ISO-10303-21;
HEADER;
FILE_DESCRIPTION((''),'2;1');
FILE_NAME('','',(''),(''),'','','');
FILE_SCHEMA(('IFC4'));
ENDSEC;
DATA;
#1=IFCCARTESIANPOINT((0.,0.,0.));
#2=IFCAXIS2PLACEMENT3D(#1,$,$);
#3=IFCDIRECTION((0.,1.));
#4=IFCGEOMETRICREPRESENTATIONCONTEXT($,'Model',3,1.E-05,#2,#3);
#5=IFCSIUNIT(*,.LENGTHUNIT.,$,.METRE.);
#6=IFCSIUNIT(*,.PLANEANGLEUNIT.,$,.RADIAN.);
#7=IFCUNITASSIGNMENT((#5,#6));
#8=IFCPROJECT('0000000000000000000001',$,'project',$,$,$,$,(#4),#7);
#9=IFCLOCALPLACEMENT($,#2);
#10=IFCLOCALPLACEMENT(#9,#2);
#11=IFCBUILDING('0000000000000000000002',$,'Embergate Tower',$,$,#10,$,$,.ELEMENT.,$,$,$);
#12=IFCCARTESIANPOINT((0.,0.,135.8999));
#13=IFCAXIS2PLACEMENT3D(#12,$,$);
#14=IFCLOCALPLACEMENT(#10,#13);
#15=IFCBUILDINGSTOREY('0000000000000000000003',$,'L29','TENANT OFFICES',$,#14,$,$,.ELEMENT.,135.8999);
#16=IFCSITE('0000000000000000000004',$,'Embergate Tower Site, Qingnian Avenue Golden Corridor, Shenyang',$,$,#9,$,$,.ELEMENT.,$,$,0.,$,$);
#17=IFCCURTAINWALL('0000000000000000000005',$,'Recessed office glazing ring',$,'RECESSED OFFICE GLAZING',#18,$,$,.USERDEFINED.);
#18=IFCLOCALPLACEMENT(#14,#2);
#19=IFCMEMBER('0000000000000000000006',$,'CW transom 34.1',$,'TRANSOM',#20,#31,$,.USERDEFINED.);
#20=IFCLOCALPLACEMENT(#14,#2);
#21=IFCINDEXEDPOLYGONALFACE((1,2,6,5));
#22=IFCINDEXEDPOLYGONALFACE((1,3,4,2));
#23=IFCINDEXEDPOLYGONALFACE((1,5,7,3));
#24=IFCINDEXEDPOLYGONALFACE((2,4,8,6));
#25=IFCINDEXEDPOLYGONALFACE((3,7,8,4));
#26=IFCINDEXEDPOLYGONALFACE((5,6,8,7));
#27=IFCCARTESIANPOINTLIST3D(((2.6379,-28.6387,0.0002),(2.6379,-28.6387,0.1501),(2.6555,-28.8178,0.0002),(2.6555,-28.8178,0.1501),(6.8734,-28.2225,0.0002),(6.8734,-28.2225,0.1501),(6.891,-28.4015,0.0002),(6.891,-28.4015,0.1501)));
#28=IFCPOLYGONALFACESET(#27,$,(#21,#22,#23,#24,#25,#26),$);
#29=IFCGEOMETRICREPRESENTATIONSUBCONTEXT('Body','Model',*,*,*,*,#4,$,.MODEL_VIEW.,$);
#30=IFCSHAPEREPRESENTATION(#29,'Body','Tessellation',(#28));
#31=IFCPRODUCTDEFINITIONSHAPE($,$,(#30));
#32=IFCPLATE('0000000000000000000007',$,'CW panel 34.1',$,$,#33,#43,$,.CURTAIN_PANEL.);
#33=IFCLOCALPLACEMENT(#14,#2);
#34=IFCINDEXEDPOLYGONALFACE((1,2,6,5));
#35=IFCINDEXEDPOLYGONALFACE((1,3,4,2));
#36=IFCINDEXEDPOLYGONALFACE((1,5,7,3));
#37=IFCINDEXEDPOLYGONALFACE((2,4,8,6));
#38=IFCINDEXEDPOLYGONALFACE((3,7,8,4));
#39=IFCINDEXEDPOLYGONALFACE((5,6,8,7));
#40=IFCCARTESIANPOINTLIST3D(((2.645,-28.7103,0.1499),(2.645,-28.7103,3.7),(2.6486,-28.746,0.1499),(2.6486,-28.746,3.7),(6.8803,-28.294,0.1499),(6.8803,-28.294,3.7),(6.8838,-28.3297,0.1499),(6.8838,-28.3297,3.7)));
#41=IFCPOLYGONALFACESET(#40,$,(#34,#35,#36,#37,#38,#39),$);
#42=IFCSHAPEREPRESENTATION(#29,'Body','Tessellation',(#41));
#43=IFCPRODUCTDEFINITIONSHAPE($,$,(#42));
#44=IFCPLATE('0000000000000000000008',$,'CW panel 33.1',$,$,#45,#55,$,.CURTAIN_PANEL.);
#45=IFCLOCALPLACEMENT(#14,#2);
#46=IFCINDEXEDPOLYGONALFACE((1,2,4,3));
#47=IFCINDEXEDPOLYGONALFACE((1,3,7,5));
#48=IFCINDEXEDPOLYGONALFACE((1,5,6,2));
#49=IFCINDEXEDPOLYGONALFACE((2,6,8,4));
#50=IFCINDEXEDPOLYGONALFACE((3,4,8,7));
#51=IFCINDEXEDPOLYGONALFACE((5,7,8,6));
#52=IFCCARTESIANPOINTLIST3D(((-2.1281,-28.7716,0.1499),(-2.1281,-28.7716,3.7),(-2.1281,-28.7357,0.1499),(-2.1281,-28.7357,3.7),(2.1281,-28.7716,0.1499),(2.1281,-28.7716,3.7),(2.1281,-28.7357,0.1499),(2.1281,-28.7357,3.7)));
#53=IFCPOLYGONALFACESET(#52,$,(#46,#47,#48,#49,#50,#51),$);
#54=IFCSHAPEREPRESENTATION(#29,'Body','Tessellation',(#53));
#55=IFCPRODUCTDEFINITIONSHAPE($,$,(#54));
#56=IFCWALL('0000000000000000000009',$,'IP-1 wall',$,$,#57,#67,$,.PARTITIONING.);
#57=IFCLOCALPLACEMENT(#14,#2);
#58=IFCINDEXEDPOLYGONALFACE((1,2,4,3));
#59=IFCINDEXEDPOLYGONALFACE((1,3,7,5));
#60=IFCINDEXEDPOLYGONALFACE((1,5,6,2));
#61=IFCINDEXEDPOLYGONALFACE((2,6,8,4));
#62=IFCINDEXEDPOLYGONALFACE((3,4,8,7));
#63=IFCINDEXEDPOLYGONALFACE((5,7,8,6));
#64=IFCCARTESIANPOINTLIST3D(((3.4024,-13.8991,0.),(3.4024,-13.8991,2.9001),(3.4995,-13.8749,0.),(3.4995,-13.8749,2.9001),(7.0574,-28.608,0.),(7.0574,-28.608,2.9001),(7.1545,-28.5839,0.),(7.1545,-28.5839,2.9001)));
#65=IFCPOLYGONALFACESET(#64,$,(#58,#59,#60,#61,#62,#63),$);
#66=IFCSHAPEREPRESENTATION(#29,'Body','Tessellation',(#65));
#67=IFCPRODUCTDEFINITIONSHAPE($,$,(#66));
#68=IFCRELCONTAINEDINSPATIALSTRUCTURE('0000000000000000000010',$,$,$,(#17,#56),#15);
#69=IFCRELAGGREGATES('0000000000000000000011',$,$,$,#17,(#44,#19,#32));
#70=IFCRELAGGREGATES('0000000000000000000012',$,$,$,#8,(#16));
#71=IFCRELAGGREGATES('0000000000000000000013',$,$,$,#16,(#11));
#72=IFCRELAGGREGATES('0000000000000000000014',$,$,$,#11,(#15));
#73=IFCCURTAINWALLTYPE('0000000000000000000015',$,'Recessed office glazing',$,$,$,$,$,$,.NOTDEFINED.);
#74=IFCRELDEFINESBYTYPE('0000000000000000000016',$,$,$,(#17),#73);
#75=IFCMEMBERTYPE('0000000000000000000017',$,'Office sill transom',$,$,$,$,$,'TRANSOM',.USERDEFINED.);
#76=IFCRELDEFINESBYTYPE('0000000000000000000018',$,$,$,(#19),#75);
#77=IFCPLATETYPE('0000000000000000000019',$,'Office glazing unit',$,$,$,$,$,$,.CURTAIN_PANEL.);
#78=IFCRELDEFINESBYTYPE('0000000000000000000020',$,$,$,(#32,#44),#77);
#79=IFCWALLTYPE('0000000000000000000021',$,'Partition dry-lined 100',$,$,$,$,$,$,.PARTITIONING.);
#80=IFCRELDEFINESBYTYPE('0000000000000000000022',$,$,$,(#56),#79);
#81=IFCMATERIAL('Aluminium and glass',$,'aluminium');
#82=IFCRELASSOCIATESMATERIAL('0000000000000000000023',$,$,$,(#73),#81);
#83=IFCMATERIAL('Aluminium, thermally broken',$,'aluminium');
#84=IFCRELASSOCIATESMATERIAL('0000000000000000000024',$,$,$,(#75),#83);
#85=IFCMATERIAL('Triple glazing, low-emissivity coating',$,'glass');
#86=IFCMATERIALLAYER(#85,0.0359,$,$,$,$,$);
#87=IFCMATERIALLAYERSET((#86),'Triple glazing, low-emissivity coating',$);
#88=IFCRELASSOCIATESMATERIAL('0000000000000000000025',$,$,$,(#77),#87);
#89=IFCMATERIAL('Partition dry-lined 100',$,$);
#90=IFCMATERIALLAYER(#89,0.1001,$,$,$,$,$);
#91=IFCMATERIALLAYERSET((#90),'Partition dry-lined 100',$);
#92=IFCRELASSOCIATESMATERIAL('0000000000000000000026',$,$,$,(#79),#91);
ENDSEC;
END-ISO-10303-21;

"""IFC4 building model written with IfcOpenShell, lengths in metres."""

from ifc_helpers import new_model, si_unit, direction, frame, frame_2d, origin, origin_2d, place, context, subcontext, project, spatial, rectangle, extrude, source, transform, mapped, material, layer, layer_set, material_profile, profile_set, type_object, element, aggregate, save


model = new_model("IFC4")

# Units and contexts
model_context = context("Model", 3, precision=1e-05, world=origin(), true_north=direction((0.0, 1.0)))
body_context = subcontext(model_context, "Body", "Model", "MODEL_VIEW")
ifc_project = project(units=[si_unit("LENGTHUNIT", "METRE"), si_unit("PLANEANGLEUNIT", "RADIAN")], contexts=[model_context])

# Site, building, storey
site_placement = place(None, origin())
site = spatial("IfcSite", under=ifc_project, at=site_placement, Name="Embergate Tower Site, Qingnian Avenue Golden Corridor, Shenyang", CompositionType="ELEMENT", RefElevation=0.0)
building_placement = place(site_placement, origin())
building = spatial("IfcBuilding", under=site, at=building_placement, Name="Embergate Tower", CompositionType="ELEMENT")
storey_placement = place(building_placement, frame((0.0, 0.0, 135.8999)))
storey = spatial("IfcBuildingStorey", under=building, at=storey_placement, Name="L29", Description="TENANT OFFICES", CompositionType="ELEMENT", Elevation=135.8999)

# Curtain wall, member, plates
ifc_material_1 = material(Name="Aluminium and glass", Category="aluminium")
curtain_wall_type = type_object("IfcCurtainWallType", Name="Recessed office glazing", PredefinedType="NOTDEFINED", material=ifc_material_1)
curtain_wall_placement = place(storey_placement, origin())
curtain_wall = element("IfcCurtainWall", 1, at=curtain_wall_placement, inside=storey, type_object=curtain_wall_type, Name="Recessed office glazing ring", ObjectType="RECESSED OFFICE GLAZING", PredefinedType="USERDEFINED")
ifc_material_2 = material(Name="Aluminium, thermally broken", Category="aluminium")
ifc_material_profile_1 = material_profile(ifc_material_2, rectangle(XDim=0.1799, YDim=0.1499, at=origin_2d()), Name="AL 150x180")
ifc_profile_set_1 = profile_set([ifc_material_profile_1], Name="Aluminium, thermally broken")
member_type_1 = type_object("IfcMemberType", Name="Office sill transom", ElementType="TRANSOM", PredefinedType="USERDEFINED", material=ifc_profile_set_1)
shared_shape_1 = source(origin(), body_context, "Body", "SweptSolid", [
    extrude(rectangle(XDim=0.1799, YDim=0.1499, at=origin_2d()), origin(), (0.0, 0.0, 1.0), 4.2559),
])
member_1_placement = place(storey_placement, frame((2.6467, -28.7283, 0.0752), z_axis=(0.995205, 0.097811, 0.0), x_axis=(-0.097811, 0.995205, 0.0)))
member_1 = element("IfcMember", 2, at=member_1_placement, type_object=member_type_1, Name="CW transom 34.1", ObjectType="TRANSOM", PredefinedType="USERDEFINED", context=body_context, shape_type="MappedRepresentation", body=[
    mapped(shared_shape_1, transform((0.0, 0.0, 0.0))),
])
ifc_material_3 = material(Name="Triple glazing, low-emissivity coating", Category="glass")
ifc_layer_1 = layer(ifc_material_3, 0.0359)
ifc_layer_set_1 = layer_set([ifc_layer_1], Name="Triple glazing, low-emissivity coating")
plate_type = type_object("IfcPlateType", Name="Office glazing unit", PredefinedType="CURTAIN_PANEL", material=ifc_layer_set_1)
shared_shape_2 = source(origin(), body_context, "Body", "SweptSolid", [
    extrude(rectangle(XDim=4.2556, YDim=0.0359, at=origin_2d()), origin(), (0.0, 0.0, 1.0), 3.55),
])
plate_1_placement = place(storey_placement, frame((4.7644, -28.52, 0.1499), z_axis=(0.0, 0.0, 1.0), x_axis=(0.995203, 0.097828, 0.0)))
plate_1 = element("IfcPlate", 3, at=plate_1_placement, type_object=plate_type, Name="CW panel 34.1", PredefinedType="CURTAIN_PANEL", context=body_context, shape_type="MappedRepresentation", body=[
    mapped(shared_shape_2, transform((0.0, 0.0, 0.0))),
])
shared_shape_3 = source(origin(), body_context, "Body", "SweptSolid", [
    extrude(rectangle(XDim=4.2561, YDim=0.0359, at=origin_2d()), origin(), (0.0, 0.0, 1.0), 3.55),
])
plate_2_placement = place(storey_placement, frame((0.0, -28.7537, 0.1499), z_axis=(0.0, 0.0, 1.0), x_axis=(1.0, 0.0, 0.0)))
plate_2 = element("IfcPlate", 4, at=plate_2_placement, type_object=plate_type, Name="CW panel 33.1", PredefinedType="CURTAIN_PANEL", context=body_context, shape_type="MappedRepresentation", body=[
    mapped(shared_shape_3, transform((0.0, 0.0, 0.0))),
])
aggregate(curtain_wall, [plate_2, member_1, plate_1])

# Wall
ifc_material_4 = material(Name="Partition dry-lined 100")
ifc_layer_2 = layer(ifc_material_4, 0.1001)
ifc_layer_set_2 = layer_set([ifc_layer_2], Name="Partition dry-lined 100")
wall_type = type_object("IfcWallType", Name="Partition dry-lined 100", PredefinedType="PARTITIONING", material=ifc_layer_set_2)
shared_shape_4 = source(origin(), body_context, "Body", "SweptSolid", [
    extrude(rectangle(XDim=15.1562, YDim=0.1001, at=frame_2d((7.5781, 0.0))), origin(), (0.0, 0.0, 1.0), 2.9001),
])
wall_placement = place(storey_placement, frame((7.106, -28.5959, 0.0), z_axis=(0.0, 0.0, 1.0), x_axis=(-0.241156, 0.970486, 0.0)))
element("IfcWall", 5, at=wall_placement, inside=storey, type_object=wall_type, Name="IP-1 wall", PredefinedType="PARTITIONING", context=body_context, shape_type="MappedRepresentation", body=[
    mapped(shared_shape_4, transform((0.0, 0.0, 0.0))),
])

save(model, "model.ifc")
